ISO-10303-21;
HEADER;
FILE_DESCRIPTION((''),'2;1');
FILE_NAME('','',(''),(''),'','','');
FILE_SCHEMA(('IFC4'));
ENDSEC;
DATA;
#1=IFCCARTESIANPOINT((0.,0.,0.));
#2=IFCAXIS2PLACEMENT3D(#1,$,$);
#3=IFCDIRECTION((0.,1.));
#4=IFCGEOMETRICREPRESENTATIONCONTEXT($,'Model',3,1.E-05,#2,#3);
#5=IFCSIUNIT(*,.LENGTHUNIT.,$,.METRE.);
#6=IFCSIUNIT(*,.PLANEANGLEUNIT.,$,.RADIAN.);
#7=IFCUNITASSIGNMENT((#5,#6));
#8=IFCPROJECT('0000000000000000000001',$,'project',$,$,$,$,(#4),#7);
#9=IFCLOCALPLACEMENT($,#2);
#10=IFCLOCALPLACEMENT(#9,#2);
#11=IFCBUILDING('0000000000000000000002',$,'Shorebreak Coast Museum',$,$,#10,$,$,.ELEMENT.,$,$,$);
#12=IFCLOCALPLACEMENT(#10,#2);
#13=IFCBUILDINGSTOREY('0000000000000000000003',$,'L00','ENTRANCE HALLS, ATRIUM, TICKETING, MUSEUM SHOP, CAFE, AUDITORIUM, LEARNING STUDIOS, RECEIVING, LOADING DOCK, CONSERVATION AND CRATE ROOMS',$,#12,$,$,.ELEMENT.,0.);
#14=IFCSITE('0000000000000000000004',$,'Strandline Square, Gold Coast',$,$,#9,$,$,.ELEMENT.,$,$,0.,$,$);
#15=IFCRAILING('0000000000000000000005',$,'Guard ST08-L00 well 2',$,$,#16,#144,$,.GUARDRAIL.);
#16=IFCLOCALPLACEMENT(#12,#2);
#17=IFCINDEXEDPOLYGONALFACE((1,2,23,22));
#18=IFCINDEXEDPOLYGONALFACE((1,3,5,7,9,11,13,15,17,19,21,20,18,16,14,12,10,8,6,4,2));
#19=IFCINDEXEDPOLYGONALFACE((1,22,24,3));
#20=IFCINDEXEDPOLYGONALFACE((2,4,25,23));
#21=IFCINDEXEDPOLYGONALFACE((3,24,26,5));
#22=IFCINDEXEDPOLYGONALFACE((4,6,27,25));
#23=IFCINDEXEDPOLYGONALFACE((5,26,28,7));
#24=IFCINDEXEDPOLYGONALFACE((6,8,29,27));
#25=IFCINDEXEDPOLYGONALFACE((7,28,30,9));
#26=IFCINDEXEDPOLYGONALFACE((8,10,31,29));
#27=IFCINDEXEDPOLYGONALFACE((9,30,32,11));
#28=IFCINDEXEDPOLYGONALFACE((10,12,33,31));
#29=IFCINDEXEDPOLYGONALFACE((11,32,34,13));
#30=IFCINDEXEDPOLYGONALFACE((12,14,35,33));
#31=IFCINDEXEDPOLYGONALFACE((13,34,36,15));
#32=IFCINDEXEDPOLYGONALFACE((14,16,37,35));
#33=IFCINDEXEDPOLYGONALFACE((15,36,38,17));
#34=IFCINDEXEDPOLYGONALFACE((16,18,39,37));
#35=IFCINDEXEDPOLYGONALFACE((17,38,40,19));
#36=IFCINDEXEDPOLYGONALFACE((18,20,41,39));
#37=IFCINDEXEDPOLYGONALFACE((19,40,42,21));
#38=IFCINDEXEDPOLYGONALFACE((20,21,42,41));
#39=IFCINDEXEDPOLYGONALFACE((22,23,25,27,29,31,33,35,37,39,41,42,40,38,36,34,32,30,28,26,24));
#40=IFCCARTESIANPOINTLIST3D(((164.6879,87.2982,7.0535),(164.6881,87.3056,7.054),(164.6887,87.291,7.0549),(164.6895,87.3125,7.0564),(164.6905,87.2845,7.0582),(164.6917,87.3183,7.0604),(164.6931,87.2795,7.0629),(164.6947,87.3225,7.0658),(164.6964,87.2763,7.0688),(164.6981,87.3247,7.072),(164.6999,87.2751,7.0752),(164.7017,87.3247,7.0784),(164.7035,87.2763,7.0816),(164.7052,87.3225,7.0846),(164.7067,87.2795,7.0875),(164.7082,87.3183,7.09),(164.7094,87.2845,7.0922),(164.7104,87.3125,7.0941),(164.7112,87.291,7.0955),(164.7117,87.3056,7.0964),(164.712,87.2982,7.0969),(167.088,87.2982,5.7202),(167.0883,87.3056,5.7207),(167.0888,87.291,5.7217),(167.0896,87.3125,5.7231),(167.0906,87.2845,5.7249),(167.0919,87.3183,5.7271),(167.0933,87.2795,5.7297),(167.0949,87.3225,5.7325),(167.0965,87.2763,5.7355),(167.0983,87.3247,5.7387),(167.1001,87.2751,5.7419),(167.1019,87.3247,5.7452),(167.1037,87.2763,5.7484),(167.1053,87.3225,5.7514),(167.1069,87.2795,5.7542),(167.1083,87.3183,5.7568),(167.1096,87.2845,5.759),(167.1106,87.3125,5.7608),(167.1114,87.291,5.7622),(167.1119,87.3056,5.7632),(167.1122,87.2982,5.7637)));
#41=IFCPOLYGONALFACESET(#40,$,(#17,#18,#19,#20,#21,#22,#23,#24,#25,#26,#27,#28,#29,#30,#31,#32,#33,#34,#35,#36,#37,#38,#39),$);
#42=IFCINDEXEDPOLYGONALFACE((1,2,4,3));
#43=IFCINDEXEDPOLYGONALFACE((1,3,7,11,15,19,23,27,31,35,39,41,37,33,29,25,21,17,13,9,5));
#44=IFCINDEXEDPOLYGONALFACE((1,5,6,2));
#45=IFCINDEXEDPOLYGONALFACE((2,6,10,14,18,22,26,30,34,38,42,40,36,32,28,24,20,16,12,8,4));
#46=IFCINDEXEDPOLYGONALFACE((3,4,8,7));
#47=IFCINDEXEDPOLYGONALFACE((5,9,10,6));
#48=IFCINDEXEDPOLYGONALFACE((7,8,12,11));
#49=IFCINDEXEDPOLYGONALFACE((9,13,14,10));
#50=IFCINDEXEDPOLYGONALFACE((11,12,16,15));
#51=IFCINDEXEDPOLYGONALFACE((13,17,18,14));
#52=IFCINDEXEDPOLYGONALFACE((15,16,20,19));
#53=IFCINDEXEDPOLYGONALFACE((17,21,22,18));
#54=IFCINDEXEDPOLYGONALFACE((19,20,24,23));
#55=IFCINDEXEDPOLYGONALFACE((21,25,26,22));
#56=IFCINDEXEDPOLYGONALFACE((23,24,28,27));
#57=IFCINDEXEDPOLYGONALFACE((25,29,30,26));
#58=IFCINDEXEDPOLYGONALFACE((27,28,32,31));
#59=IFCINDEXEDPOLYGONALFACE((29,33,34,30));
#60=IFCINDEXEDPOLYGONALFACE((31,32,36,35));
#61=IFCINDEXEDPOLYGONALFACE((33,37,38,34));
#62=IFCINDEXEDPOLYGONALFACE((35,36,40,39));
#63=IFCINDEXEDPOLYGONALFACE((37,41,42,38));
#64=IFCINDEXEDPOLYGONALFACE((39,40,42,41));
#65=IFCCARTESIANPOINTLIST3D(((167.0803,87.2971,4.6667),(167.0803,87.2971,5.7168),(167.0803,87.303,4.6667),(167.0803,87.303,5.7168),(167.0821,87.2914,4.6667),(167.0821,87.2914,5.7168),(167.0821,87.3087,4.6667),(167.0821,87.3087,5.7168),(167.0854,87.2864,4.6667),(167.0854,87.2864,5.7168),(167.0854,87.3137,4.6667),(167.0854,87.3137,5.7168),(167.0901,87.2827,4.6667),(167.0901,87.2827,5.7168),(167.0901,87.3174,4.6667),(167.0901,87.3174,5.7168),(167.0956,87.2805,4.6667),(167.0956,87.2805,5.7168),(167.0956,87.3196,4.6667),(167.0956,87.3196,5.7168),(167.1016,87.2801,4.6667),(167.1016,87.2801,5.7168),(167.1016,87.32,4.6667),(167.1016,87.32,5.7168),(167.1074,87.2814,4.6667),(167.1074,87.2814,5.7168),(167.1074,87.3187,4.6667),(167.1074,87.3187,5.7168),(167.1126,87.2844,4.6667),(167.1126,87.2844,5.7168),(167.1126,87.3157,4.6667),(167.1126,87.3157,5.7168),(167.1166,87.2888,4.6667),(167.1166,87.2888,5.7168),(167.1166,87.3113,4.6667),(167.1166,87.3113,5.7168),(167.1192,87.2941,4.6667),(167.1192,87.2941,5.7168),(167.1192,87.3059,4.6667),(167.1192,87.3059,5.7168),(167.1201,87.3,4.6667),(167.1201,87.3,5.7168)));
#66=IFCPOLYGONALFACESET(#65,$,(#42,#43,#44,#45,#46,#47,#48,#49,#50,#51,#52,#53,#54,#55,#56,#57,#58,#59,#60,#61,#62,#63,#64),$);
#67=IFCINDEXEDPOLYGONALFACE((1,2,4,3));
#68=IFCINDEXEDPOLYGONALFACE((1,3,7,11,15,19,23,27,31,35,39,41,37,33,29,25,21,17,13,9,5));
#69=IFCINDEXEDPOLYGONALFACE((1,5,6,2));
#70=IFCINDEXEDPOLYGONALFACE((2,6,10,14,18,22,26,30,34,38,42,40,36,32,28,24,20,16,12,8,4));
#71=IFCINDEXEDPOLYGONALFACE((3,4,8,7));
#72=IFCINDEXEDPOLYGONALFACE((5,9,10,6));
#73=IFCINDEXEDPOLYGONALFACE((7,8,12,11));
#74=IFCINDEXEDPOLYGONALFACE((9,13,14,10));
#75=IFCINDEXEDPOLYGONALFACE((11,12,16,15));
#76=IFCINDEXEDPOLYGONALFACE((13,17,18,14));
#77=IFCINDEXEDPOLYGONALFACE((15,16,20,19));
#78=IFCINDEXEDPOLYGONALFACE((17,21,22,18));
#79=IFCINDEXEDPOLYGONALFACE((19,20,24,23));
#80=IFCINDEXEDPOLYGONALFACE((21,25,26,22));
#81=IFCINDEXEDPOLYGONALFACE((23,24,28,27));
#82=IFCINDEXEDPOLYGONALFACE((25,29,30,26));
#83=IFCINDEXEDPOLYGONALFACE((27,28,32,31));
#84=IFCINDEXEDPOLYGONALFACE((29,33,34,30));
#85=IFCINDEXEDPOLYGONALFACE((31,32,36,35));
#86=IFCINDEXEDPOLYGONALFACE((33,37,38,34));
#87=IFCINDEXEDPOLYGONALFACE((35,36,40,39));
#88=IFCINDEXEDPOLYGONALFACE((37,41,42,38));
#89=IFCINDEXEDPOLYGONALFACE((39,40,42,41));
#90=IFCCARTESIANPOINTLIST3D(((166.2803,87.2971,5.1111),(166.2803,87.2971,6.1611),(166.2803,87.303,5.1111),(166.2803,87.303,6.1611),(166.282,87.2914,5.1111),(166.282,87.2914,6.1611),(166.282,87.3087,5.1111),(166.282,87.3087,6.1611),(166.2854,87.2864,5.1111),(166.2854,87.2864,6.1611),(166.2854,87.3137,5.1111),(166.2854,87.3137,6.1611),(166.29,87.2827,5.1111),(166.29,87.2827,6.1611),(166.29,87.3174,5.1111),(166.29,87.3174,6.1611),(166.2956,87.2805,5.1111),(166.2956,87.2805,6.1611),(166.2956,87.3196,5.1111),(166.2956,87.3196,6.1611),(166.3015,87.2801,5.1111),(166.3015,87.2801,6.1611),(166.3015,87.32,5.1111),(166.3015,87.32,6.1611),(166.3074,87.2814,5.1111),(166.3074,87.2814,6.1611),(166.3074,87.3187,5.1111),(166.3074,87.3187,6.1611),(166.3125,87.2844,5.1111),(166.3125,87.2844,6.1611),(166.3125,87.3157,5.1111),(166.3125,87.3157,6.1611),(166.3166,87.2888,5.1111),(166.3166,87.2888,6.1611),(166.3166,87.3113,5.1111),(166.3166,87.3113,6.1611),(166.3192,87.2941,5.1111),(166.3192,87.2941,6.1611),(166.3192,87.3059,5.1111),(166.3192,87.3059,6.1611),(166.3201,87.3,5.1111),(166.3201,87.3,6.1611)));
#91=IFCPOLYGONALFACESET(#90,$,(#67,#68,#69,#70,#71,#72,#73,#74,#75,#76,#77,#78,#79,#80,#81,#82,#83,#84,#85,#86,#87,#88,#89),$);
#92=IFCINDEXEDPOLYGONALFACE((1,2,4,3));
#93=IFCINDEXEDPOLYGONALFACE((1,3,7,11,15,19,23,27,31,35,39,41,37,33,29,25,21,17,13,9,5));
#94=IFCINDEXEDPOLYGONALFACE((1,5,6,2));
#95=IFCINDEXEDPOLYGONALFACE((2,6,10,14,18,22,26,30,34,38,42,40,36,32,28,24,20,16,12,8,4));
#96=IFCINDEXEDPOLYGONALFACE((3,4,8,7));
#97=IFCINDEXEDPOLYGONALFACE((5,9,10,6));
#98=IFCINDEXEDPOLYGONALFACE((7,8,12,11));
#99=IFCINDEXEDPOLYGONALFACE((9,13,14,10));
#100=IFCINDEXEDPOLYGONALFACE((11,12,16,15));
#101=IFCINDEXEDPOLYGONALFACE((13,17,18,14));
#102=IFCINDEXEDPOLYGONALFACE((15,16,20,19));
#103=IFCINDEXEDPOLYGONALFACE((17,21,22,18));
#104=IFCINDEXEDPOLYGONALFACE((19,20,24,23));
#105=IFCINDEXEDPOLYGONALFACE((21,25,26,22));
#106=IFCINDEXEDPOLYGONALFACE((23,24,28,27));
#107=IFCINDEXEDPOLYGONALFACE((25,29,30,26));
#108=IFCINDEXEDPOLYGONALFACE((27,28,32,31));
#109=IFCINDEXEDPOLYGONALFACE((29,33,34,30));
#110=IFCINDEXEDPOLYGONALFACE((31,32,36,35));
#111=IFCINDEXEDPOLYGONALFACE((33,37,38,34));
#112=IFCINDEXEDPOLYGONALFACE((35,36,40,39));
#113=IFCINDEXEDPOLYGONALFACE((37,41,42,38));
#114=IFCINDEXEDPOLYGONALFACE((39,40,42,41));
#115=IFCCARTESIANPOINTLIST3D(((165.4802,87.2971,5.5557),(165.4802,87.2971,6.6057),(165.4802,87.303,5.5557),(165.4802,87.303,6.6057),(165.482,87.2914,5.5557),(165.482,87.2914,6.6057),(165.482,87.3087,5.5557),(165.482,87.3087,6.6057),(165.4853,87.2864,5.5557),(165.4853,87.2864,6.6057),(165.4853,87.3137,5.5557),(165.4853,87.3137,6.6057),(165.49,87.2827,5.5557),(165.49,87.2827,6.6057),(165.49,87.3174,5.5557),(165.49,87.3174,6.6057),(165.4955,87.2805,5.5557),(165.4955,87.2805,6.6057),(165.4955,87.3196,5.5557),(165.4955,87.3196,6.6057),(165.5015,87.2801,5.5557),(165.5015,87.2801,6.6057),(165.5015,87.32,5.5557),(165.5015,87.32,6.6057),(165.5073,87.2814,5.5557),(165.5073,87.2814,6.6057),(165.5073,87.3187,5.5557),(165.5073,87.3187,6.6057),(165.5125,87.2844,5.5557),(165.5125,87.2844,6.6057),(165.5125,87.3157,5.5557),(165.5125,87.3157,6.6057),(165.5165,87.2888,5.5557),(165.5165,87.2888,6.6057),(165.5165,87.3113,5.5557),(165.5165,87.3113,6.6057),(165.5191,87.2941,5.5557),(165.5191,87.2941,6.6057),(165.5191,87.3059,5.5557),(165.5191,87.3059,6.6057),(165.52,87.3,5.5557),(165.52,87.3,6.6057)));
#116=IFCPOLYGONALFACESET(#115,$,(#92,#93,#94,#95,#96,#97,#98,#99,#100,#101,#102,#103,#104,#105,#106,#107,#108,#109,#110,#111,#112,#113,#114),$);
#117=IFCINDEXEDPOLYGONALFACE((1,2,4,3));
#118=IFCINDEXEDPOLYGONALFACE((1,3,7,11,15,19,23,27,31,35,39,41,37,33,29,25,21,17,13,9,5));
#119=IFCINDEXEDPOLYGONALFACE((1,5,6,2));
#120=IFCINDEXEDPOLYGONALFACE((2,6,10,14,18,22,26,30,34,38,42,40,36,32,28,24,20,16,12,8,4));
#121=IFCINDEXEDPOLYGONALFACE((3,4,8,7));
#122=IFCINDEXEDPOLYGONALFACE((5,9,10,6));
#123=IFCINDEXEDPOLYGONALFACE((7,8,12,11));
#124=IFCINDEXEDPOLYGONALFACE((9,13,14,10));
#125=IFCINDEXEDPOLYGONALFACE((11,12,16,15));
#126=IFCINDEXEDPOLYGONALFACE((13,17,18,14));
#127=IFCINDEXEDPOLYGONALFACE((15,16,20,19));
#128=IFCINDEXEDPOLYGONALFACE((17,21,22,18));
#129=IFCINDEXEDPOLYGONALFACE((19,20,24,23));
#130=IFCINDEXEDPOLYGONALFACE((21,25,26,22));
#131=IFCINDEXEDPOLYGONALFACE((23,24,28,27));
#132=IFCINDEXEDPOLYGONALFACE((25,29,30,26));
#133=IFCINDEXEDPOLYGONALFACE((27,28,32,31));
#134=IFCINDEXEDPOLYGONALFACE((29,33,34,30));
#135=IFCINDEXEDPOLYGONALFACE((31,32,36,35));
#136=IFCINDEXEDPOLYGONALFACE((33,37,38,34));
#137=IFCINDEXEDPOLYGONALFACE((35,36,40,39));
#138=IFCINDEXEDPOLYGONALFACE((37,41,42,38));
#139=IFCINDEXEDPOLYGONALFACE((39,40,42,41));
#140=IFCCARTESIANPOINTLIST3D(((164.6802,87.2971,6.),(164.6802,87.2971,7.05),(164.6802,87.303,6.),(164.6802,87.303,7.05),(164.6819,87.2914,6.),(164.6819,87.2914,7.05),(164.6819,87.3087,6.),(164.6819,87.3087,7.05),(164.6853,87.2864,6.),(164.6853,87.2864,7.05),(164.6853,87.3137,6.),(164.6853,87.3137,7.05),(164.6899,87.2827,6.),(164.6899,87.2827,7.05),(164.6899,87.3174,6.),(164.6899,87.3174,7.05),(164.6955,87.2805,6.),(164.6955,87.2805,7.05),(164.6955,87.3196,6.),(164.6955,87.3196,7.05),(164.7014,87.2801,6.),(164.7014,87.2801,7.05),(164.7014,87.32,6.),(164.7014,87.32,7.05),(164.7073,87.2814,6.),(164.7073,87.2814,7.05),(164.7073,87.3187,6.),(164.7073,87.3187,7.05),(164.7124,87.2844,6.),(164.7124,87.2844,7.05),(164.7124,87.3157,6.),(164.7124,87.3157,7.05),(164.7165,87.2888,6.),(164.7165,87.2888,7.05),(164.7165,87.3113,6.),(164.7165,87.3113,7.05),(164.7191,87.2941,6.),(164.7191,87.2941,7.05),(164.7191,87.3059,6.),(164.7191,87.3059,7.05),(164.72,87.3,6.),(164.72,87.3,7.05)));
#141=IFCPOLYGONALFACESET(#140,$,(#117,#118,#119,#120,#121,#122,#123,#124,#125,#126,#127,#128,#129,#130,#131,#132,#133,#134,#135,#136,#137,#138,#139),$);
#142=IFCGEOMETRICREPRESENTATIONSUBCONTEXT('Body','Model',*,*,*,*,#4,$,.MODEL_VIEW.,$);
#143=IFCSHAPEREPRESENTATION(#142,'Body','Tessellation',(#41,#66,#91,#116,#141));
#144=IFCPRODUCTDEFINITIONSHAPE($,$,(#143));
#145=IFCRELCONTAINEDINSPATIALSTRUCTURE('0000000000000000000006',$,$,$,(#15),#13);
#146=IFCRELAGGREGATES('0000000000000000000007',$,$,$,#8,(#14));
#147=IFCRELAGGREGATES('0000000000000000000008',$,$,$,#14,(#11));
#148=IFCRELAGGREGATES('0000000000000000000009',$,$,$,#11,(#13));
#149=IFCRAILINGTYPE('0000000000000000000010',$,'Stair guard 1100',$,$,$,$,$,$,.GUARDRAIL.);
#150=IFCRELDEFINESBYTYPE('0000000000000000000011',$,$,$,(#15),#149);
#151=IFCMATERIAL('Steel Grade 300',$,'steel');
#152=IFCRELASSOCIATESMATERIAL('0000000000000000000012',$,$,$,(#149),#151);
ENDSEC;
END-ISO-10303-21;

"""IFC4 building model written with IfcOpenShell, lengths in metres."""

from ifc_helpers import new_model, si_unit, direction, frame, origin, origin_2d, place, context, subcontext, project, spatial, circle, extrude, material, type_object, element, save


model = new_model("IFC4")

# Units and contexts
model_context = context("Model", 3, precision=1e-05, world=origin(), true_north=direction((0.0, 1.0)))
body_context = subcontext(model_context, "Body", "Model", "MODEL_VIEW")
ifc_project = project(units=[si_unit("LENGTHUNIT", "METRE"), si_unit("PLANEANGLEUNIT", "RADIAN")], contexts=[model_context])

# Site, building, storey
site_placement = place(None, origin())
site = spatial("IfcSite", under=ifc_project, at=site_placement, Name="Strandline Square, Gold Coast", CompositionType="ELEMENT", RefElevation=0.0)
building_placement = place(site_placement, origin())
building = spatial("IfcBuilding", under=site, at=building_placement, Name="Shorebreak Coast Museum", CompositionType="ELEMENT")
storey_placement = place(building_placement, origin())
storey = spatial("IfcBuildingStorey", under=building, at=storey_placement, Name="L00", Description="ENTRANCE HALLS, ATRIUM, TICKETING, MUSEUM SHOP, CAFE, AUDITORIUM, LEARNING STUDIOS, RECEIVING, LOADING DOCK, CONSERVATION AND CRATE ROOMS", CompositionType="ELEMENT", Elevation=0.0)

# Railing
ifc_material_1 = material(Name="Steel Grade 300", Category="steel")
railing_type_1 = type_object("IfcRailingType", Name="Stair guard 1100", PredefinedType="GUARDRAIL", material=ifc_material_1)
for number, where, name in (
    (1, (167.1001, 87.3, 4.6667), "Guard ST08-L00 well 2"),
):
    element("IfcRailing", number, at=place(storey_placement, frame(where)), inside=storey, type_object=railing_type_1, Name=name, PredefinedType="GUARDRAIL", context=body_context, shape_type="SweptSolid", body=[
        extrude(circle(Radius=0.0249, at=origin_2d()), frame((0.0, 0.0, 1.0752), z_axis=(-0.874182, 0.0, 0.485598), x_axis=(0.0, -1.0, 0.0)), (0.0, 0.0, 1.0), 2.7456),
        extrude(circle(Radius=0.02, at=origin_2d()), origin(), (0.0, 0.0, 1.0), 1.05),
        extrude(circle(Radius=0.02, at=origin_2d()), frame((-0.8, 0.0, 0.4443)), (0.0, 0.0, 1.0), 1.05),
        extrude(circle(Radius=0.02, at=origin_2d()), frame((-1.6001, 0.0, 0.8889)), (0.0, 0.0, 1.0), 1.05),
        extrude(circle(Radius=0.02, at=origin_2d()), frame((-2.4001, 0.0, 1.3333)), (0.0, 0.0, 1.0), 1.05),
    ])

save(model, "model.ifc")
